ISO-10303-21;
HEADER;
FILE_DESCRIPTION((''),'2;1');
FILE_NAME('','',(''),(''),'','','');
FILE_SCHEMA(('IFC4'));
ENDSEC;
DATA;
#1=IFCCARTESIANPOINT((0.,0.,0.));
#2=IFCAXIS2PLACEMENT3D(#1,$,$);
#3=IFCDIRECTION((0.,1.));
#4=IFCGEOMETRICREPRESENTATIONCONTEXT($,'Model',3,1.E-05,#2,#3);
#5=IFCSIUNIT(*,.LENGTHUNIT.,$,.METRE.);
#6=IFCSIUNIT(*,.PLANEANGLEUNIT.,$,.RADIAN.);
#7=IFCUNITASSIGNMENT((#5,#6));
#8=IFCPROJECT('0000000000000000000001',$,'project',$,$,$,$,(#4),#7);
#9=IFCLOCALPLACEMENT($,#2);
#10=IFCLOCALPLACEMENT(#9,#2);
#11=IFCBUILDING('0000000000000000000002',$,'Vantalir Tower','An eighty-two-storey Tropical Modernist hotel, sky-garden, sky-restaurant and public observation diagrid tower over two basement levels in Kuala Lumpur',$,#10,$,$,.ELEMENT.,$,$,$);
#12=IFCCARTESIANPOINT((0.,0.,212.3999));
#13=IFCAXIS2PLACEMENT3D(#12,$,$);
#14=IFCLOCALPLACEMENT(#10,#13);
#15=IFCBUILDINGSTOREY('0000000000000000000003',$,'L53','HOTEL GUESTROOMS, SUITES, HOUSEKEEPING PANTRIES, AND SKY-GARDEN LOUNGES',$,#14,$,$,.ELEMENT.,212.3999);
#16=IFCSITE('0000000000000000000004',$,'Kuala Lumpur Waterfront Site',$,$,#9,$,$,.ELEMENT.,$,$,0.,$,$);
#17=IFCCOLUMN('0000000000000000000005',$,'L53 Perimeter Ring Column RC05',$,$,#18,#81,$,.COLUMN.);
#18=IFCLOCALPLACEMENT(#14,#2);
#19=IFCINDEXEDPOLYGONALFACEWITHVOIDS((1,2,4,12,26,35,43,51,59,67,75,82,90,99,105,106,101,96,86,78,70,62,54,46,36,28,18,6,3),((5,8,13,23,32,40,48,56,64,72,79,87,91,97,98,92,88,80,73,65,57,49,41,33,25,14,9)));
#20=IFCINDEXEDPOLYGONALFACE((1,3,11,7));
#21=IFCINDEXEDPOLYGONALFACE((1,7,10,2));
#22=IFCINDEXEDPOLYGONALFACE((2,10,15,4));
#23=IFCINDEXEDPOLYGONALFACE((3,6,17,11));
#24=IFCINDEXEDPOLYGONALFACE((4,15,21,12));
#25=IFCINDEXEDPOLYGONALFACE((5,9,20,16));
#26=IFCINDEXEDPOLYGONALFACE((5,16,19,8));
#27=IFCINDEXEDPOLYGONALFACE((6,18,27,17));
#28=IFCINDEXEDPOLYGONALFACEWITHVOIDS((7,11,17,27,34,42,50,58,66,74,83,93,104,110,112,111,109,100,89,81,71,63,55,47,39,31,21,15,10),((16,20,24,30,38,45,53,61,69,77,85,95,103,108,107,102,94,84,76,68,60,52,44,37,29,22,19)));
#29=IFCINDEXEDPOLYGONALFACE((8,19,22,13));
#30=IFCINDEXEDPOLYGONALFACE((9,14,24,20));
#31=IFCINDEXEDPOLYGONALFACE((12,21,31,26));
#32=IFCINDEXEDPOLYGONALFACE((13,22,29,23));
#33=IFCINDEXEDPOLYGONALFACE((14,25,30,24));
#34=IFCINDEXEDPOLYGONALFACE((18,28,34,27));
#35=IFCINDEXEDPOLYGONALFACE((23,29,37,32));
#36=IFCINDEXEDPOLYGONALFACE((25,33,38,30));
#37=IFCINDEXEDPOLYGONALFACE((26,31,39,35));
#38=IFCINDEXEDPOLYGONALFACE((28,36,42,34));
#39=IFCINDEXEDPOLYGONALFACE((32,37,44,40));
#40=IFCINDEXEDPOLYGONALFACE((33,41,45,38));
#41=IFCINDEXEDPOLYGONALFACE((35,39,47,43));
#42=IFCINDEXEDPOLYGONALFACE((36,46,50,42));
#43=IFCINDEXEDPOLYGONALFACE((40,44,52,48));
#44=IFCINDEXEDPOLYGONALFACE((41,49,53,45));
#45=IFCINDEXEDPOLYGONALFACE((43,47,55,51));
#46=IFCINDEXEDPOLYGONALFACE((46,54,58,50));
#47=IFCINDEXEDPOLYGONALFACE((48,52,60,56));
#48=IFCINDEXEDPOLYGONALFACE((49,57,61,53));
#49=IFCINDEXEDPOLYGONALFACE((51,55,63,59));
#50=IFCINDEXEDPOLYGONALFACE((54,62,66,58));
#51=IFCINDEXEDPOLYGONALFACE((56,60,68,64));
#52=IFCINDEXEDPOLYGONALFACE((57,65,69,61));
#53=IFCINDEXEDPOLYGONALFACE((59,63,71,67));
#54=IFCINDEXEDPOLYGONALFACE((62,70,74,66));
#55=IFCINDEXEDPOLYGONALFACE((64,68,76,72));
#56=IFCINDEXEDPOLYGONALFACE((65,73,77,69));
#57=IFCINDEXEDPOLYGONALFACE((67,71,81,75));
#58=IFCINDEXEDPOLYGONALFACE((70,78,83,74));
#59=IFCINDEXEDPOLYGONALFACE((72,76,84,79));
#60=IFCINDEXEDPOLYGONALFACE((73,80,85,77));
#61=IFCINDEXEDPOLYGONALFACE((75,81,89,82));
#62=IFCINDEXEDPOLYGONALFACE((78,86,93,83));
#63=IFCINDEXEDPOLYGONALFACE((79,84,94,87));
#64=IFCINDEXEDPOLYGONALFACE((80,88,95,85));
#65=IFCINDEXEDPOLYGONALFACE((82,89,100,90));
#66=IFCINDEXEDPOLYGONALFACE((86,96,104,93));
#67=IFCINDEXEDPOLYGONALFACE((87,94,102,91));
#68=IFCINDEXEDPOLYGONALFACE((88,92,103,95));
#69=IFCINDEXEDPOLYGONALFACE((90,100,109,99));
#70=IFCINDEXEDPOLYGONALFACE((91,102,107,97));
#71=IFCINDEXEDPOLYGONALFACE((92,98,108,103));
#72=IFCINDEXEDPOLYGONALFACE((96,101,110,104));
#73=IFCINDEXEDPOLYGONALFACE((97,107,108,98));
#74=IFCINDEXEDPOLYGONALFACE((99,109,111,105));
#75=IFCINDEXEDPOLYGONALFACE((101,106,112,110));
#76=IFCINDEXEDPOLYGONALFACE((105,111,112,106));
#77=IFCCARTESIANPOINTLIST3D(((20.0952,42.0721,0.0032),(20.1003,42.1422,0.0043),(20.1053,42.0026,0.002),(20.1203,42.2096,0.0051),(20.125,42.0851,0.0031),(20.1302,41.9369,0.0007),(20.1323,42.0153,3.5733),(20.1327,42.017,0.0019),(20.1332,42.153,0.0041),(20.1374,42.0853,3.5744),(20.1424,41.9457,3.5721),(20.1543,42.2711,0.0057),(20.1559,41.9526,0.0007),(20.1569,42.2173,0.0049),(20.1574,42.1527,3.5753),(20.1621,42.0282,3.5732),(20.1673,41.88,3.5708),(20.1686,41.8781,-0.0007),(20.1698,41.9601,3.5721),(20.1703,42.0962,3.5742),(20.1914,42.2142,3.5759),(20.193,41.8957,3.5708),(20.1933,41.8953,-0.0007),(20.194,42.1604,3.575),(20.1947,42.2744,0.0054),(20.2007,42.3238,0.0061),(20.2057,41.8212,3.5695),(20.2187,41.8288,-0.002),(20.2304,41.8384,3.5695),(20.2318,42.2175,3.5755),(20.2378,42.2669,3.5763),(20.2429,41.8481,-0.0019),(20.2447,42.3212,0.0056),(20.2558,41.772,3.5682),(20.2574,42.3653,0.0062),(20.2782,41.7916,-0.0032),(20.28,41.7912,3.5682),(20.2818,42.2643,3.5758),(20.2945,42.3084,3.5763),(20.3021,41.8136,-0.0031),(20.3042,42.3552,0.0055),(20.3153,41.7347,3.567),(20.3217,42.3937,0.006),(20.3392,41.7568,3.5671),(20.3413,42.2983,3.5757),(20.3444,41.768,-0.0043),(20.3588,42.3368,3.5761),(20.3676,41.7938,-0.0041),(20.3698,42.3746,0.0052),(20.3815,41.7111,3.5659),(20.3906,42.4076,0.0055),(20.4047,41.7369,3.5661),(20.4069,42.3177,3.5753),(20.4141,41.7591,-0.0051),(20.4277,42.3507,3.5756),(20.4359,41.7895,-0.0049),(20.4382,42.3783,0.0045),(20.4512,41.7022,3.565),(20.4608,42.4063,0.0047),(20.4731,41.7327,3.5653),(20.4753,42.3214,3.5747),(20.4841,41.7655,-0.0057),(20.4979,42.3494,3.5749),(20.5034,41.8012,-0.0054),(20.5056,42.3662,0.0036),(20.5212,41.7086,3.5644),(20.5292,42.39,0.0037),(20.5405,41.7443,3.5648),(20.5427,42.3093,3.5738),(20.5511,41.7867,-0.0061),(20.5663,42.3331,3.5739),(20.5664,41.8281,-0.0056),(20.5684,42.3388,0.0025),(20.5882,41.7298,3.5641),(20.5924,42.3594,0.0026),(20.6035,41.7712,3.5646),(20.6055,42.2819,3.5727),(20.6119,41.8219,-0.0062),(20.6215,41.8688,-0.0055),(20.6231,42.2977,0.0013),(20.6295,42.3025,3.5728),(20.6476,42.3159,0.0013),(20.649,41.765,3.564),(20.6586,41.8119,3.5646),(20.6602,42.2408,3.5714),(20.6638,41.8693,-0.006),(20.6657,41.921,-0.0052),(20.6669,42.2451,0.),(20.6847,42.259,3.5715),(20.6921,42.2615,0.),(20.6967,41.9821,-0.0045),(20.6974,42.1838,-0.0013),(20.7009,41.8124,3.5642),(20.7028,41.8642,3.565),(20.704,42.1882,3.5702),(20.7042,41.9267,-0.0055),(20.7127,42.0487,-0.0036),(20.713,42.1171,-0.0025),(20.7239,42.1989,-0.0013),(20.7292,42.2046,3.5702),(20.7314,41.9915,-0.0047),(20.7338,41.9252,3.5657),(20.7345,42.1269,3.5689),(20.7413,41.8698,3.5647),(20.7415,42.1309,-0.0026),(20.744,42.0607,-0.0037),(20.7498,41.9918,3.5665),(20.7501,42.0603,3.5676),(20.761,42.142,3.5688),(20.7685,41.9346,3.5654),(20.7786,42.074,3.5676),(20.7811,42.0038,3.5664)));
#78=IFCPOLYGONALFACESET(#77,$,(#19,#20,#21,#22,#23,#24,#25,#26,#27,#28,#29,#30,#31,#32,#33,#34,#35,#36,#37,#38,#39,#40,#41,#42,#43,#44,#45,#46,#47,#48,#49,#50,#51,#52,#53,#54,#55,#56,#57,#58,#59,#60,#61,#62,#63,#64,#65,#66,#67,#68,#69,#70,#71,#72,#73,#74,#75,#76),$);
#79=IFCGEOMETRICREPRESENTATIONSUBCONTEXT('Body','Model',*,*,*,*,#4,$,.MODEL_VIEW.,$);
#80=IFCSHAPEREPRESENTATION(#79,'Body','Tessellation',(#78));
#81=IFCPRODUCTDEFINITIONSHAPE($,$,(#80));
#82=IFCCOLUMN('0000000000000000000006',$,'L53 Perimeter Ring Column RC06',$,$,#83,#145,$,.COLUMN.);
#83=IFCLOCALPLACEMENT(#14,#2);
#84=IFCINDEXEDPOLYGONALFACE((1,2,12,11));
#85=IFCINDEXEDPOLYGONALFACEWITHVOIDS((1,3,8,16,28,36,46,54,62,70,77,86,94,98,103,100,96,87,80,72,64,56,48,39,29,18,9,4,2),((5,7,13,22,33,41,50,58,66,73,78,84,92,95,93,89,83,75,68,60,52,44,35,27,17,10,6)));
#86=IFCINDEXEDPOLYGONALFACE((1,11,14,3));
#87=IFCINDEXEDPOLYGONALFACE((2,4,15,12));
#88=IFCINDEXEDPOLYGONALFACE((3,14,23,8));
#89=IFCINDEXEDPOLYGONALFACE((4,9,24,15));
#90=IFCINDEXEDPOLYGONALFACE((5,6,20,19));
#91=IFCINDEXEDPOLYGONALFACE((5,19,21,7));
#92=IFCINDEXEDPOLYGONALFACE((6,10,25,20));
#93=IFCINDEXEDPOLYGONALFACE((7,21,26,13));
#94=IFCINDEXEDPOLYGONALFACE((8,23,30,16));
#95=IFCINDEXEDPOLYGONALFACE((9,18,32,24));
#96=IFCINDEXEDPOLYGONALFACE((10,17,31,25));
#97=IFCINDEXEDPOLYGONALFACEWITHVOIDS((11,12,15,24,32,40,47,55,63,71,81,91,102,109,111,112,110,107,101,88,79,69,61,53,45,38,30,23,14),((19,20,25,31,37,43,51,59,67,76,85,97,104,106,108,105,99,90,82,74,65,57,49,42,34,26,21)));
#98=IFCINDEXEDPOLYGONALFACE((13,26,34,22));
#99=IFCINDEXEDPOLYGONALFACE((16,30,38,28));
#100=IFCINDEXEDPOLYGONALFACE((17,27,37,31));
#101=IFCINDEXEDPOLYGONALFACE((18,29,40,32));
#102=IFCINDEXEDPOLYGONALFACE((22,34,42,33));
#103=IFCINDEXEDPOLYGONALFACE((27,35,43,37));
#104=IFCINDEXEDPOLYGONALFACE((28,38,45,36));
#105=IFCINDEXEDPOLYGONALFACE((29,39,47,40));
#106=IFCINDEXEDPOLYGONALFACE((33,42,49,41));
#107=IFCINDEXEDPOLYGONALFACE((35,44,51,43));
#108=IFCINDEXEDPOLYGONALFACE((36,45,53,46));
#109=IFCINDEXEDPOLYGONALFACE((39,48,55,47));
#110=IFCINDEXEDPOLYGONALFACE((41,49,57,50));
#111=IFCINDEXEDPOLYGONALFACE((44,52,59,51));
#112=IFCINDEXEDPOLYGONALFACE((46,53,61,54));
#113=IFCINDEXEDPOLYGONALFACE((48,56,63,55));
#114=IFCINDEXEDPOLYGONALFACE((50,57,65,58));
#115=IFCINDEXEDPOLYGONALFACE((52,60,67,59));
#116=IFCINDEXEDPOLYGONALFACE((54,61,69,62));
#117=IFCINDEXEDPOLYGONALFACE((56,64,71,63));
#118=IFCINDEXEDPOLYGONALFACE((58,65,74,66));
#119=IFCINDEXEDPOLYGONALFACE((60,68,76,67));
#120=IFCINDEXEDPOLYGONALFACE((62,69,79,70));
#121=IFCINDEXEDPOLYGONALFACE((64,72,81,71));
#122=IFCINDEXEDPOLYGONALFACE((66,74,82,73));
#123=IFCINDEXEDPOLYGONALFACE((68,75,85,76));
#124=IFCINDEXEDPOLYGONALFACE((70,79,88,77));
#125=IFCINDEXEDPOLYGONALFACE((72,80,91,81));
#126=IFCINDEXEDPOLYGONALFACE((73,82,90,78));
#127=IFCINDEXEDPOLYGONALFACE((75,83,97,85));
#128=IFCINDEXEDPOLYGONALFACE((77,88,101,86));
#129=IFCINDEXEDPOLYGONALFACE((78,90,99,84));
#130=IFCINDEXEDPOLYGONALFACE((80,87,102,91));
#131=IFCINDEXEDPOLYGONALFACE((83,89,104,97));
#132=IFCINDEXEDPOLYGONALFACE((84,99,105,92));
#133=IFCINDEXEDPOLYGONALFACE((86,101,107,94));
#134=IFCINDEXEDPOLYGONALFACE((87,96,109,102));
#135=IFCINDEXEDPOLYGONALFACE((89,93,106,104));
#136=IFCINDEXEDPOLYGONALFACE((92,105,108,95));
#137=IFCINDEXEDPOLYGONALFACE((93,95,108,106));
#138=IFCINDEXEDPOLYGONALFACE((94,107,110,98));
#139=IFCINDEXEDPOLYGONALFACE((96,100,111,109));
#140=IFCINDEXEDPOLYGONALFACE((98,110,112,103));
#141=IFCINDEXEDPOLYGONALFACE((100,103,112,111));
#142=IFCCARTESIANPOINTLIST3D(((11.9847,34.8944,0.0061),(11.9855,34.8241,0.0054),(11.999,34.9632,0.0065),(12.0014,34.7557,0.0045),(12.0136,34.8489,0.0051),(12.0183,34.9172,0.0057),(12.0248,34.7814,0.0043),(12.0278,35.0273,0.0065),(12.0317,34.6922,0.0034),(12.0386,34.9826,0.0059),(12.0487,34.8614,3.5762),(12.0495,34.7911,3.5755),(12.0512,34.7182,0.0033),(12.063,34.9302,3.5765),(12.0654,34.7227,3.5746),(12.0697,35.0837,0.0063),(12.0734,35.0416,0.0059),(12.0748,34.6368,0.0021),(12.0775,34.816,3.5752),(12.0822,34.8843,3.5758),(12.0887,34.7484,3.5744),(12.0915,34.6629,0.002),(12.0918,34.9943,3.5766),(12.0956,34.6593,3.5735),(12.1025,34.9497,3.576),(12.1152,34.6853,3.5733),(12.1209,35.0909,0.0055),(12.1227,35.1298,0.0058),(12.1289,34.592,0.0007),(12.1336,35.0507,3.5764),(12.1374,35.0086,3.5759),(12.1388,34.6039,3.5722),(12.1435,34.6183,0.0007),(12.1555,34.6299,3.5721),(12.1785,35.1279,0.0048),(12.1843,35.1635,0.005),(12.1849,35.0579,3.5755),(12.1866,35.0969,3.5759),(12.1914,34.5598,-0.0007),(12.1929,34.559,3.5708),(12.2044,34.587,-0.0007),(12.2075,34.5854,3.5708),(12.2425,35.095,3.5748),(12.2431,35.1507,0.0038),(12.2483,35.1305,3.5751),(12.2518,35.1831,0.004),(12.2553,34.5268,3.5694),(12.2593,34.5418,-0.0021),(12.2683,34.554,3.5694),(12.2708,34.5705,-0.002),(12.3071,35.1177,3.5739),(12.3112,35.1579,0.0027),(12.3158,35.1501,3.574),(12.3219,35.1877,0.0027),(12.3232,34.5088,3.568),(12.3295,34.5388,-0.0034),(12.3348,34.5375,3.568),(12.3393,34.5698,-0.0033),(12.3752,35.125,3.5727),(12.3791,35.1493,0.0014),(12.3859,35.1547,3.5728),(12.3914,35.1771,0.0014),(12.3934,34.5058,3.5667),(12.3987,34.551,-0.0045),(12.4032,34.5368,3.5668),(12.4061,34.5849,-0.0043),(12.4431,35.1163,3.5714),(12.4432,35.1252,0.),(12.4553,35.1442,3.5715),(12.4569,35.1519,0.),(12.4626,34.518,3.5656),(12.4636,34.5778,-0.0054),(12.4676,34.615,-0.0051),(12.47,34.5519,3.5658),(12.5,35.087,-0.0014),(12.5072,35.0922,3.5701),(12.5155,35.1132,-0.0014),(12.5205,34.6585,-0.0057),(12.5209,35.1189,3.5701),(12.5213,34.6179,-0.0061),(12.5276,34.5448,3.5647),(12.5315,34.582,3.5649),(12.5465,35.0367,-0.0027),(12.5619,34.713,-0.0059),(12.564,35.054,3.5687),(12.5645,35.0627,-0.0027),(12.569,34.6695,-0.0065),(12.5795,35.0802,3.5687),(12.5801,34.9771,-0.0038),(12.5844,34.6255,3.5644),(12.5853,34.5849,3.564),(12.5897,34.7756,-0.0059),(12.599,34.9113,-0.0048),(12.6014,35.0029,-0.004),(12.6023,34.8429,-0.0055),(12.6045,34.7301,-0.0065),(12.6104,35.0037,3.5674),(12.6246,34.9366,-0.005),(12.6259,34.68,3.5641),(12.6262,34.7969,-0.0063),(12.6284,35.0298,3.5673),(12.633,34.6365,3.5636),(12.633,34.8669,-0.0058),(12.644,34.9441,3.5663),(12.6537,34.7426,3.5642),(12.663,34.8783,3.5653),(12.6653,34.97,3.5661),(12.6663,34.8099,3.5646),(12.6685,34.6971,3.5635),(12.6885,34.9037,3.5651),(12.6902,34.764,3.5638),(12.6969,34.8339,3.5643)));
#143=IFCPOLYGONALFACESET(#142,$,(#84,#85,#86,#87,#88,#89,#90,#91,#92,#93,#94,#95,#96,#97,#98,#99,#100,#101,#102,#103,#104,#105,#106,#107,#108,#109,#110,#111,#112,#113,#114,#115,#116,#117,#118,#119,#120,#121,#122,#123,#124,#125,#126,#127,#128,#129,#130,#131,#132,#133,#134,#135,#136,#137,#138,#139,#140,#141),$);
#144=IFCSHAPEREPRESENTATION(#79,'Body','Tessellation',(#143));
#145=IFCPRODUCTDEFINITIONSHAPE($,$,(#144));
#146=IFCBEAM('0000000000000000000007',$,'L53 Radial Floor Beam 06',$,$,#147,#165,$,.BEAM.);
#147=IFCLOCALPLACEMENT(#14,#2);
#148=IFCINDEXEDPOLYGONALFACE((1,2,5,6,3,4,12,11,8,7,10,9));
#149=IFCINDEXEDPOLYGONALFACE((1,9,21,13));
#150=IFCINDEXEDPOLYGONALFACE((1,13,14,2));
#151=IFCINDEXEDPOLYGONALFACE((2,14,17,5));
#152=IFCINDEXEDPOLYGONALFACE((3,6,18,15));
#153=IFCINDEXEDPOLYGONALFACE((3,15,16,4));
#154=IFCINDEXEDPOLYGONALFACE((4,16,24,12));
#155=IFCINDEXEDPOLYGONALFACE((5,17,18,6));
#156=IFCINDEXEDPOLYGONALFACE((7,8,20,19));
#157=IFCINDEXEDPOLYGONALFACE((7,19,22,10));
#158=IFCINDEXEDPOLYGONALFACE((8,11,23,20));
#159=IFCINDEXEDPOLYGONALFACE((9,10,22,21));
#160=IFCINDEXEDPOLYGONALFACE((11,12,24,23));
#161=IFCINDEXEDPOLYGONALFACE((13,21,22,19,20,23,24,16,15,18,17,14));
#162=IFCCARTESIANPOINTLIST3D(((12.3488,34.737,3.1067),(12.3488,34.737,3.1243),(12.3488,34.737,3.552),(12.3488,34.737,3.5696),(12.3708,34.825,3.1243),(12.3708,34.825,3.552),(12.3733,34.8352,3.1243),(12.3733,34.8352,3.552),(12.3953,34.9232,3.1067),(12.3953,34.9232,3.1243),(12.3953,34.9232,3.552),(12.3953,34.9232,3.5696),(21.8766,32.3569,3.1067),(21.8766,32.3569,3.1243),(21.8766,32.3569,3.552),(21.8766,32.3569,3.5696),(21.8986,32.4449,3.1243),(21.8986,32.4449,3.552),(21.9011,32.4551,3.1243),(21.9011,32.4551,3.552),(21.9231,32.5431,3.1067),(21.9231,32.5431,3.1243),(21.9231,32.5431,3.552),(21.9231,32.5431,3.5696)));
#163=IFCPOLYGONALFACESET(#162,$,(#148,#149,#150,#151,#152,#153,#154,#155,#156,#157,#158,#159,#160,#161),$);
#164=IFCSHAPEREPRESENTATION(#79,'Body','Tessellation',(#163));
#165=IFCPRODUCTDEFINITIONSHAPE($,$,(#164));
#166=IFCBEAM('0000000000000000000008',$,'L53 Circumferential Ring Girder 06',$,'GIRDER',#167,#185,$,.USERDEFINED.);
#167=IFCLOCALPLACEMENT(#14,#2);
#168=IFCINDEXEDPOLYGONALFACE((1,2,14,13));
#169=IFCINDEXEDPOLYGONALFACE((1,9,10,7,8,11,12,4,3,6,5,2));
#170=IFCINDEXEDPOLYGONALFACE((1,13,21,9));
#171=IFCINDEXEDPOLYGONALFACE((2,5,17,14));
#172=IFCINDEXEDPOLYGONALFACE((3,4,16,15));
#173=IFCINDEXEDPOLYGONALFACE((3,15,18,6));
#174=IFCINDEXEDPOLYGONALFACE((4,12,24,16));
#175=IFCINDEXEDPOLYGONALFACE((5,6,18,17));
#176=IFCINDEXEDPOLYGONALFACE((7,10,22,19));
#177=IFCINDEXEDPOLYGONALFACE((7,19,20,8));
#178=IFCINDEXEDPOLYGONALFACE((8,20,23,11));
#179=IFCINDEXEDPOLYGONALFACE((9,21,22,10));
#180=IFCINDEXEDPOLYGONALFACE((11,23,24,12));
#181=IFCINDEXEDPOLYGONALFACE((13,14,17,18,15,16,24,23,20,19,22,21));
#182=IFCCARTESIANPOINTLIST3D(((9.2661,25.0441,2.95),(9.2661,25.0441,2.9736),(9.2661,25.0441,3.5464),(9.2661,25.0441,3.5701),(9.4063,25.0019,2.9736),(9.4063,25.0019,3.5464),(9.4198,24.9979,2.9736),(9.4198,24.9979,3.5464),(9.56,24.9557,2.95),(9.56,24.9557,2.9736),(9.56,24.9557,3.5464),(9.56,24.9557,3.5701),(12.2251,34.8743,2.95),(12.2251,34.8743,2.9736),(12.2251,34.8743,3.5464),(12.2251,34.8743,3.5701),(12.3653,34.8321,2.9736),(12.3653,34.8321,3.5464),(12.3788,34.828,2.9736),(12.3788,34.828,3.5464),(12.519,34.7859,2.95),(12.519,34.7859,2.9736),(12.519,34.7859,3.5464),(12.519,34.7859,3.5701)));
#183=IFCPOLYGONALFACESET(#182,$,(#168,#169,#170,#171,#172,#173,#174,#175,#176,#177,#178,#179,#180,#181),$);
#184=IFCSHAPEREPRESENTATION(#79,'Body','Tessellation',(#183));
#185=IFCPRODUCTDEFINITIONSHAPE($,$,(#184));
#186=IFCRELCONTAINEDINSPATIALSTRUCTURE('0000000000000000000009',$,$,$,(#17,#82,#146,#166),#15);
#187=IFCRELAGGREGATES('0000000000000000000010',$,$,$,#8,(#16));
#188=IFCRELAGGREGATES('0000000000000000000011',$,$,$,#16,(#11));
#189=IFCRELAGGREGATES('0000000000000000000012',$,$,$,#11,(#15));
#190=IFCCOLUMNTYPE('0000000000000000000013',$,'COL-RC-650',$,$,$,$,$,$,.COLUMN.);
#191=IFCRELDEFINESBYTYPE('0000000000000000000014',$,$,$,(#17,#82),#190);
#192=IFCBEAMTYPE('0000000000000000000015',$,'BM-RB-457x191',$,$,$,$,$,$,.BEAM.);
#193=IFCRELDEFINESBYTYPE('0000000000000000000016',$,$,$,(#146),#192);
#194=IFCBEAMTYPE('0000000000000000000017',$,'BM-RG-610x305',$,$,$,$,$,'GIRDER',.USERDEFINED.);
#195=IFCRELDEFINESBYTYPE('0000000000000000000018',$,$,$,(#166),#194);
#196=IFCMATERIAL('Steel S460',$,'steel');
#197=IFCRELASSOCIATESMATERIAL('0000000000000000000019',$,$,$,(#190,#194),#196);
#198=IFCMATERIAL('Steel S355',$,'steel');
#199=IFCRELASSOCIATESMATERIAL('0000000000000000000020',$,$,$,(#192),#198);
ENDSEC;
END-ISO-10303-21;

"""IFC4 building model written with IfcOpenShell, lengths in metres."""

from ifc_helpers import new_model, si_unit, direction, frame, origin, origin_2d, place, context, subcontext, project, spatial, hollow_circle, i_section, extrude, material, material_profile, profile_set, type_object, element, save


model = new_model("IFC4")

# Units and contexts
model_context = context("Model", 3, precision=1e-05, world=origin(), true_north=direction((0.0, 1.0)))
body_context = subcontext(model_context, "Body", "Model", "MODEL_VIEW")
ifc_project = project(units=[si_unit("LENGTHUNIT", "METRE"), si_unit("PLANEANGLEUNIT", "RADIAN")], contexts=[model_context])

# Site, building, storey
site_placement = place(None, origin())
site = spatial("IfcSite", under=ifc_project, at=site_placement, Name="Kuala Lumpur Waterfront Site", CompositionType="ELEMENT", RefElevation=0.0)
building_placement = place(site_placement, origin())
building = spatial("IfcBuilding", under=site, at=building_placement, Name="Vantalir Tower", Description="An eighty-two-storey Tropical Modernist hotel, sky-garden, sky-restaurant and public observation diagrid tower over two basement levels in Kuala Lumpur", CompositionType="ELEMENT")
storey_placement = place(building_placement, frame((0.0, 0.0, 212.3999)))
storey = spatial("IfcBuildingStorey", under=building, at=storey_placement, Name="L53", Description="HOTEL GUESTROOMS, SUITES, HOUSEKEEPING PANTRIES, AND SKY-GARDEN LOUNGES", CompositionType="ELEMENT", Elevation=212.3999)

# Columns
ifc_material_1 = material(Name="Steel S460", Category="steel")
ifc_material_profile_1 = material_profile(ifc_material_1, hollow_circle(Radius=0.325, WallThickness=0.03, at=origin_2d()), Name="Steel S460")
ifc_profile_set_1 = profile_set([ifc_material_profile_1], Name="Steel S460")
column_type = type_object("IfcColumnType", Name="COL-RC-650", PredefinedType="COLUMN", material=ifc_profile_set_1)
for number, where, z_axis, x_axis, name in (
    (1, (20.4199, 42.084, 0.0), (0.010393, -0.015931, 0.999819), (0.837539, 0.546377, 0.0), "L53 Perimeter Ring Column RC05"),
    (2, (12.3081, 34.863, 0.0), (0.017913, -0.00923, 0.999797), (0.458038, 0.888933, 0.0), "L53 Perimeter Ring Column RC06"),
):
    element("IfcColumn", number, at=place(storey_placement, frame(where, z_axis=z_axis, x_axis=x_axis)), inside=storey, type_object=column_type, Name=name, PredefinedType="COLUMN", context=body_context, shape_type="SweptSolid", body=[
        extrude(hollow_circle(Radius=0.325, WallThickness=0.03, at=origin_2d()), origin(), (0.0, 0.0, 1.0), 3.5708),
    ])

# Beams
ifc_material_2 = material(Name="Steel S355", Category="steel")
ifc_material_profile_2 = material_profile(ifc_material_2, i_section(OverallWidth=0.1919, OverallDepth=0.4629, WebThickness=0.0105, FlangeThickness=0.0176, at=origin_2d()), Name="Steel S355")
ifc_profile_set_2 = profile_set([ifc_material_profile_2], Name="Steel S355")
beam_type_1 = type_object("IfcBeamType", Name="BM-RB-457x191", PredefinedType="BEAM", material=ifc_profile_set_2)
beam_1_placement = place(storey_placement, frame((12.3721, 34.8301, 3.3381), z_axis=(0.970186, -0.24236, 0.0), x_axis=(0.24236, 0.970186, 0.0)))
element("IfcBeam", 3, at=beam_1_placement, inside=storey, type_object=beam_type_1, Name="L53 Radial Floor Beam 06", PredefinedType="BEAM", context=body_context, shape_type="SweptSolid", body=[
    extrude(i_section(OverallWidth=0.1919, OverallDepth=0.4629, WebThickness=0.0105, FlangeThickness=0.0176, at=origin_2d()), origin(), (0.0, 0.0, 1.0), 9.8206),
])
ifc_material_profile_3 = material_profile(ifc_material_1, i_section(OverallWidth=0.3069, OverallDepth=0.6201, WebThickness=0.0142, FlangeThickness=0.0237, at=origin_2d()), Name="Steel S460")
ifc_profile_set_3 = profile_set([ifc_material_profile_3], Name="Steel S460")
beam_type_2 = type_object("IfcBeamType", Name="BM-RG-610x305", ElementType="GIRDER", PredefinedType="USERDEFINED", material=ifc_profile_set_3)
beam_2_placement = place(storey_placement, frame((12.3721, 34.8301, 3.26), z_axis=(-0.288238, -0.957559, 0.0), x_axis=(0.957559, -0.288238, 0.0)))
element("IfcBeam", 4, at=beam_2_placement, inside=storey, type_object=beam_type_2, Name="L53 Circumferential Ring Girder 06", ObjectType="GIRDER", PredefinedType="USERDEFINED", context=body_context, shape_type="SweptSolid", body=[
    extrude(i_section(OverallWidth=0.3069, OverallDepth=0.6201, WebThickness=0.0142, FlangeThickness=0.0237, at=origin_2d()), origin(), (0.0, 0.0, 1.0), 10.2659),
])

save(model, "model.ifc")
